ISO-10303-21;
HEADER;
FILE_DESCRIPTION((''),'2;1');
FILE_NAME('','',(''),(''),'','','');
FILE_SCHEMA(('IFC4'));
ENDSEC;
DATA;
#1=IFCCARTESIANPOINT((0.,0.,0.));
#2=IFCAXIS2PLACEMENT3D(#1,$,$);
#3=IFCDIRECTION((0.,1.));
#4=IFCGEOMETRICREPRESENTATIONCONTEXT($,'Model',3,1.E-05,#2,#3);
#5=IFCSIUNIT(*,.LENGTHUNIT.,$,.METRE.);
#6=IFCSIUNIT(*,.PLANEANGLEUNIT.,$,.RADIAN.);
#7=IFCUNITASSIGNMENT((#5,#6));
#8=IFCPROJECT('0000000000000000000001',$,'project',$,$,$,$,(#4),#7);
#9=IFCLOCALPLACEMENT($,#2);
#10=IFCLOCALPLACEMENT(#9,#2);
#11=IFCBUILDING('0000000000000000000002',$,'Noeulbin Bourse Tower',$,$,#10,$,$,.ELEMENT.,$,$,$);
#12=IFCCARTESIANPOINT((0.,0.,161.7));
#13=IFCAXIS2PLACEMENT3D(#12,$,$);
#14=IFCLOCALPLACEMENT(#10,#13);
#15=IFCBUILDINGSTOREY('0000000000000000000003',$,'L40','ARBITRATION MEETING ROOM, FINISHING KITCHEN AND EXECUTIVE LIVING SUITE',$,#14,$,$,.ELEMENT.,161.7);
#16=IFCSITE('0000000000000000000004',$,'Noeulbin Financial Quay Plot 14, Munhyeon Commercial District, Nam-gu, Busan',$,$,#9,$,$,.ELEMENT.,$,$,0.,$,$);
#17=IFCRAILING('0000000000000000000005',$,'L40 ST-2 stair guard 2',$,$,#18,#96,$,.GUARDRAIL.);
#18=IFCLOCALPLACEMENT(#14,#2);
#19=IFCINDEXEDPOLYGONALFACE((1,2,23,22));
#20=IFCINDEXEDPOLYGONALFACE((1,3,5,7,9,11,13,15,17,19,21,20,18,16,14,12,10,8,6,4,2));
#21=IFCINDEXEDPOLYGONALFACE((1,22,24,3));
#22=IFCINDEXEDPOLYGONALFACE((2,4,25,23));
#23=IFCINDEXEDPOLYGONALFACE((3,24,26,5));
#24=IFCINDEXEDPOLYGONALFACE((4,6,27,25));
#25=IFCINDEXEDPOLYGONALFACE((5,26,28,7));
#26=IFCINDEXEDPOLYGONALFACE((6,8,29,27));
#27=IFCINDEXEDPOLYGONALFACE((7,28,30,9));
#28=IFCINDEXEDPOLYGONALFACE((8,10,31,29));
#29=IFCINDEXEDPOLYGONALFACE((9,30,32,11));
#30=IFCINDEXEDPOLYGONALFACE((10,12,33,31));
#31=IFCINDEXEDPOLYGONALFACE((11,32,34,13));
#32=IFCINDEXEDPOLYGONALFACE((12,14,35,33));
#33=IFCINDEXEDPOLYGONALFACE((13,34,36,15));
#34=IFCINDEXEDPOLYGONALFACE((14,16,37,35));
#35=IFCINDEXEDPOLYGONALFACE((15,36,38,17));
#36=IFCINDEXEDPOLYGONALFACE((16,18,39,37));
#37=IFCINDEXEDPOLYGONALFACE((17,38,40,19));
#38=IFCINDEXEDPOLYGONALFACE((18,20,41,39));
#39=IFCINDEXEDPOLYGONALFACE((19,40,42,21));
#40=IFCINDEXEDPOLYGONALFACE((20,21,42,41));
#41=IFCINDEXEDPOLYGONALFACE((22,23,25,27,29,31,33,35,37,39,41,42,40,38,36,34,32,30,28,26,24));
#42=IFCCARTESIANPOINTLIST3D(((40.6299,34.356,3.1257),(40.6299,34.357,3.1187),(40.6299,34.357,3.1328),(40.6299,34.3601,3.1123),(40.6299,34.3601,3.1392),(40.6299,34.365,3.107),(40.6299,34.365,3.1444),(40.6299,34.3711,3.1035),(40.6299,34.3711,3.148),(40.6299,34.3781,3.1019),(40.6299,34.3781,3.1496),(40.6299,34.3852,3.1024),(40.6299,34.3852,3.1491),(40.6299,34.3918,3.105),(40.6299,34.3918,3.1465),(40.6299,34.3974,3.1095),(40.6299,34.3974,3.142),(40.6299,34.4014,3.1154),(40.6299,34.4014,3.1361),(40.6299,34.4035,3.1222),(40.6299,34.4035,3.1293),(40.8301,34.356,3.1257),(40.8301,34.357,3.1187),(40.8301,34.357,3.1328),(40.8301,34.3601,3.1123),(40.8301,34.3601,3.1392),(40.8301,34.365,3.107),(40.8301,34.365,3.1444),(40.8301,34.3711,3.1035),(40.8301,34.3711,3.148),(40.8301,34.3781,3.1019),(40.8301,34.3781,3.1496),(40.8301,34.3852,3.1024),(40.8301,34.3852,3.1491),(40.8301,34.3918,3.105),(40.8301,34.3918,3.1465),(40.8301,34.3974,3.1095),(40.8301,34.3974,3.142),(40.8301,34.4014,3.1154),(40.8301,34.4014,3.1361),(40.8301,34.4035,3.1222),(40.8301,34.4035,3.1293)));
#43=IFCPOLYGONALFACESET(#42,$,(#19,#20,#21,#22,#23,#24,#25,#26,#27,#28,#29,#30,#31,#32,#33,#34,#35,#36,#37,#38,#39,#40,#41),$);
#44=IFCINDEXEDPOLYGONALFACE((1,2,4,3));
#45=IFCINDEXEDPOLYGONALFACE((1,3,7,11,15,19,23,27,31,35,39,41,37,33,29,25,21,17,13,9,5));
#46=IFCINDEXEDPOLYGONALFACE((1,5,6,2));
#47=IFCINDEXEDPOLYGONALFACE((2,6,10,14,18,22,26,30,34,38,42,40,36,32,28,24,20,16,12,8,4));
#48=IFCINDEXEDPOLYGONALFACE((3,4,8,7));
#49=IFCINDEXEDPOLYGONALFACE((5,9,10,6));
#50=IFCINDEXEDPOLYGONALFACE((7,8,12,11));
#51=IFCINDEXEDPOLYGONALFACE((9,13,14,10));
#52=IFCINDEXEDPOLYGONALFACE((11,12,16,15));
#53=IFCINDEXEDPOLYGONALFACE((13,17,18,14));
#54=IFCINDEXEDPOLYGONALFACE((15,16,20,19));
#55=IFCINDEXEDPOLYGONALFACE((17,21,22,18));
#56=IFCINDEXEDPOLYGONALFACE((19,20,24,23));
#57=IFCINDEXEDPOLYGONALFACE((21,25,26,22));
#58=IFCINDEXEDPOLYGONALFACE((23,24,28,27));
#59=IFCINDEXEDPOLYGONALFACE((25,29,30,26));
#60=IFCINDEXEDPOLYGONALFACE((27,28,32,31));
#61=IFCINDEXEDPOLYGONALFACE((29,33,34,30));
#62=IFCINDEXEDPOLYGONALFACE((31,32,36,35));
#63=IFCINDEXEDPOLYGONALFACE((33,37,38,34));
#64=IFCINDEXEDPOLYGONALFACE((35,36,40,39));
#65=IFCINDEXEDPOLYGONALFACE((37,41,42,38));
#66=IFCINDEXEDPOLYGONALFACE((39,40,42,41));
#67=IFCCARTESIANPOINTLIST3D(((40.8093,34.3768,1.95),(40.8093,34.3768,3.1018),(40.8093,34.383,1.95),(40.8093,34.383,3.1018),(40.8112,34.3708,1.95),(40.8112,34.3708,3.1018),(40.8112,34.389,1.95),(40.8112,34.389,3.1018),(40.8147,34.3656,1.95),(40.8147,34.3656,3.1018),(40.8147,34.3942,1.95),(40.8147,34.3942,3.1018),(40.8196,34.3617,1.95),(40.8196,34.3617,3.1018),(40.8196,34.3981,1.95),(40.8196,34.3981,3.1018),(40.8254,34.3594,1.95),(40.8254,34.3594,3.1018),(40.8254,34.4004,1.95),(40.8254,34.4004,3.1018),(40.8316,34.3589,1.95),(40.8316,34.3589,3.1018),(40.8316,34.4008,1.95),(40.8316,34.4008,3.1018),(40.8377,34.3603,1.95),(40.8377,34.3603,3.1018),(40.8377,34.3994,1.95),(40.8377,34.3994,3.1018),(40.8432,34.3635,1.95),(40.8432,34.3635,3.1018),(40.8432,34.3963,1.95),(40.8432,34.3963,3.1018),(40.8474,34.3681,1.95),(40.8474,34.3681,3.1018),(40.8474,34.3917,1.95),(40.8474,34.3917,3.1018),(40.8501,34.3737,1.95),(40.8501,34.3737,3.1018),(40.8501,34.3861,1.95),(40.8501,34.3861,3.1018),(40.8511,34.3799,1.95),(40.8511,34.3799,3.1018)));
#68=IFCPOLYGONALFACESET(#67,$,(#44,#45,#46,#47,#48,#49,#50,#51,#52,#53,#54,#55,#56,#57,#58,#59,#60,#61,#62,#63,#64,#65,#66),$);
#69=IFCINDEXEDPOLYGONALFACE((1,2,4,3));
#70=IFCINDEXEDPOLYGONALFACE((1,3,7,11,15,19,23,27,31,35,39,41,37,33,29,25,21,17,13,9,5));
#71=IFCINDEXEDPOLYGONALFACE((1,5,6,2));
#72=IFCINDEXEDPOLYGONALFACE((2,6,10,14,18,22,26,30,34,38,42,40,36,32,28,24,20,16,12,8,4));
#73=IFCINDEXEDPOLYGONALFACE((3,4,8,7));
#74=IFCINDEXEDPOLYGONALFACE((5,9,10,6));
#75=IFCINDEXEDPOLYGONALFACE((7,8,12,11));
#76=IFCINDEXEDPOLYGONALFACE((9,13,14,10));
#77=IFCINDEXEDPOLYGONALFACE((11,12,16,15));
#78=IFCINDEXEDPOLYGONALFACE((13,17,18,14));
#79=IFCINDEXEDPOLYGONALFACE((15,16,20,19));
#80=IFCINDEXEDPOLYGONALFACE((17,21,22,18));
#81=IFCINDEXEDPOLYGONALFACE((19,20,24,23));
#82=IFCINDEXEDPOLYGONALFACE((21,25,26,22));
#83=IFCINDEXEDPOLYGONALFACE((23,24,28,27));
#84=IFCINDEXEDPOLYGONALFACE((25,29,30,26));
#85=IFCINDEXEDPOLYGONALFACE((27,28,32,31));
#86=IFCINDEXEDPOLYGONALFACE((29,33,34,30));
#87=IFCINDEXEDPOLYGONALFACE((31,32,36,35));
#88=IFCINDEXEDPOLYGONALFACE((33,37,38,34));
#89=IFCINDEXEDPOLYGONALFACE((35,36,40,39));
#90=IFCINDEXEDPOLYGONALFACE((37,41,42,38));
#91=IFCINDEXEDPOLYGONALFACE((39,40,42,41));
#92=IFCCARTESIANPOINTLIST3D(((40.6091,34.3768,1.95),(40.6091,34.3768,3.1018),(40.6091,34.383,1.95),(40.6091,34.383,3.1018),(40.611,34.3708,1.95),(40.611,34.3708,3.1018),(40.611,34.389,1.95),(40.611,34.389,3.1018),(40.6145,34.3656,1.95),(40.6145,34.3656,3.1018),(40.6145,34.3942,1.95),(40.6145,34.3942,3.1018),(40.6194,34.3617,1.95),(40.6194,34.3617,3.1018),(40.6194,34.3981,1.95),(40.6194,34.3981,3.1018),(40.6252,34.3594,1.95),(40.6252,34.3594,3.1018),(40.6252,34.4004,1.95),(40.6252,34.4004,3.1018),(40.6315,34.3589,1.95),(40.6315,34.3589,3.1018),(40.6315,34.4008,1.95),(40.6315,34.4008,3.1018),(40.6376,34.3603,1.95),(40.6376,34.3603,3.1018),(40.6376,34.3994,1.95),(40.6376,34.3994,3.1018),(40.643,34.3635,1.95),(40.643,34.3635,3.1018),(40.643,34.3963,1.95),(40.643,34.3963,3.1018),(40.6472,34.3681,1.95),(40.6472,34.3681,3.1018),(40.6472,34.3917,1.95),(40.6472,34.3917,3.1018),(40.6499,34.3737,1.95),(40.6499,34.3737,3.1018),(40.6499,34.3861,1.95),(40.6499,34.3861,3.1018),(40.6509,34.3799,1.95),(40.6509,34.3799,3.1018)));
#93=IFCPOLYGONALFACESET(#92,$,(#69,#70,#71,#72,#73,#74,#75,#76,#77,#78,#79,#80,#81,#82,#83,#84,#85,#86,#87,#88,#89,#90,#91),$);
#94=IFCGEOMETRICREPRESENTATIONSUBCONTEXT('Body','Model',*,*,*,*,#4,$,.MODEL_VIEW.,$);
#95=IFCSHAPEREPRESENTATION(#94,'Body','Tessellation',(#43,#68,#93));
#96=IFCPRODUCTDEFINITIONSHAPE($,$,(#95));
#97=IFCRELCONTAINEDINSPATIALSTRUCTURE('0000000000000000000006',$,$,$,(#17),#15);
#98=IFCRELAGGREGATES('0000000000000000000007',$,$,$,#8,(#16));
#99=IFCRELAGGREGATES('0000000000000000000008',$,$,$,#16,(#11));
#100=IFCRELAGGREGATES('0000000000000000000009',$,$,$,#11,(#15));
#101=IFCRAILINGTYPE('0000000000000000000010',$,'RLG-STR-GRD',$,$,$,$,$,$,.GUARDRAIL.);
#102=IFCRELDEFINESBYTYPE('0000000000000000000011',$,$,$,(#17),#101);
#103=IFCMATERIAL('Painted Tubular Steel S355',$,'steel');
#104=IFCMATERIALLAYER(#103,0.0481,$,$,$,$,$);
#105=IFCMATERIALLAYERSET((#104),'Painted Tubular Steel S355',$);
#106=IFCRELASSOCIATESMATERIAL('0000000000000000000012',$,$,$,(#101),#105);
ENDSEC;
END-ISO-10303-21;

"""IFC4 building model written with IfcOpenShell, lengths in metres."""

from ifc_helpers import new_model, si_unit, direction, frame, origin, origin_2d, place, context, subcontext, project, spatial, circle, extrude, material, layer, layer_set, type_object, element, save


model = new_model("IFC4")

# Units and contexts
model_context = context("Model", 3, precision=1e-05, world=origin(), true_north=direction((0.0, 1.0)))
body_context = subcontext(model_context, "Body", "Model", "MODEL_VIEW")
ifc_project = project(units=[si_unit("LENGTHUNIT", "METRE"), si_unit("PLANEANGLEUNIT", "RADIAN")], contexts=[model_context])

# Site, building, storey
site_placement = place(None, origin())
site = spatial("IfcSite", under=ifc_project, at=site_placement, Name="Noeulbin Financial Quay Plot 14, Munhyeon Commercial District, Nam-gu, Busan", CompositionType="ELEMENT", RefElevation=0.0)
building_placement = place(site_placement, origin())
building = spatial("IfcBuilding", under=site, at=building_placement, Name="Noeulbin Bourse Tower", CompositionType="ELEMENT")
storey_placement = place(building_placement, frame((0.0, 0.0, 161.7)))
storey = spatial("IfcBuildingStorey", under=building, at=storey_placement, Name="L40", Description="ARBITRATION MEETING ROOM, FINISHING KITCHEN AND EXECUTIVE LIVING SUITE", CompositionType="ELEMENT", Elevation=161.7)

# Railing
ifc_material_1 = material(Name="Painted Tubular Steel S355", Category="steel")
ifc_layer_1 = layer(ifc_material_1, 0.0481)
ifc_layer_set_1 = layer_set([ifc_layer_1], Name="Painted Tubular Steel S355")
railing_type_1 = type_object("IfcRailingType", Name="RLG-STR-GRD", PredefinedType="GUARDRAIL", material=ifc_layer_set_1)
railing_1_placement = place(storey_placement, frame((40.8301, 34.3799, 1.95)))
element("IfcRailing", 1, at=railing_1_placement, inside=storey, type_object=railing_type_1, Name="L40 ST-2 stair guard 2", PredefinedType="GUARDRAIL", context=body_context, shape_type="SweptSolid", body=[
    extrude(circle(Radius=0.0239, at=origin_2d()), frame((0.0, 0.0, 1.1758), z_axis=(-1.0, 0.0, 0.0), x_axis=(0.0, -1.0, 0.0)), (0.0, 0.0, 1.0), 0.2002),
    extrude(circle(Radius=0.021, at=origin_2d()), origin(), (0.0, 0.0, 1.0), 1.1519),
    extrude(circle(Radius=0.021, at=origin_2d()), frame((-0.2002, 0.0, 0.0)), (0.0, 0.0, 1.0), 1.1519),
])

save(model, "model.ifc")
